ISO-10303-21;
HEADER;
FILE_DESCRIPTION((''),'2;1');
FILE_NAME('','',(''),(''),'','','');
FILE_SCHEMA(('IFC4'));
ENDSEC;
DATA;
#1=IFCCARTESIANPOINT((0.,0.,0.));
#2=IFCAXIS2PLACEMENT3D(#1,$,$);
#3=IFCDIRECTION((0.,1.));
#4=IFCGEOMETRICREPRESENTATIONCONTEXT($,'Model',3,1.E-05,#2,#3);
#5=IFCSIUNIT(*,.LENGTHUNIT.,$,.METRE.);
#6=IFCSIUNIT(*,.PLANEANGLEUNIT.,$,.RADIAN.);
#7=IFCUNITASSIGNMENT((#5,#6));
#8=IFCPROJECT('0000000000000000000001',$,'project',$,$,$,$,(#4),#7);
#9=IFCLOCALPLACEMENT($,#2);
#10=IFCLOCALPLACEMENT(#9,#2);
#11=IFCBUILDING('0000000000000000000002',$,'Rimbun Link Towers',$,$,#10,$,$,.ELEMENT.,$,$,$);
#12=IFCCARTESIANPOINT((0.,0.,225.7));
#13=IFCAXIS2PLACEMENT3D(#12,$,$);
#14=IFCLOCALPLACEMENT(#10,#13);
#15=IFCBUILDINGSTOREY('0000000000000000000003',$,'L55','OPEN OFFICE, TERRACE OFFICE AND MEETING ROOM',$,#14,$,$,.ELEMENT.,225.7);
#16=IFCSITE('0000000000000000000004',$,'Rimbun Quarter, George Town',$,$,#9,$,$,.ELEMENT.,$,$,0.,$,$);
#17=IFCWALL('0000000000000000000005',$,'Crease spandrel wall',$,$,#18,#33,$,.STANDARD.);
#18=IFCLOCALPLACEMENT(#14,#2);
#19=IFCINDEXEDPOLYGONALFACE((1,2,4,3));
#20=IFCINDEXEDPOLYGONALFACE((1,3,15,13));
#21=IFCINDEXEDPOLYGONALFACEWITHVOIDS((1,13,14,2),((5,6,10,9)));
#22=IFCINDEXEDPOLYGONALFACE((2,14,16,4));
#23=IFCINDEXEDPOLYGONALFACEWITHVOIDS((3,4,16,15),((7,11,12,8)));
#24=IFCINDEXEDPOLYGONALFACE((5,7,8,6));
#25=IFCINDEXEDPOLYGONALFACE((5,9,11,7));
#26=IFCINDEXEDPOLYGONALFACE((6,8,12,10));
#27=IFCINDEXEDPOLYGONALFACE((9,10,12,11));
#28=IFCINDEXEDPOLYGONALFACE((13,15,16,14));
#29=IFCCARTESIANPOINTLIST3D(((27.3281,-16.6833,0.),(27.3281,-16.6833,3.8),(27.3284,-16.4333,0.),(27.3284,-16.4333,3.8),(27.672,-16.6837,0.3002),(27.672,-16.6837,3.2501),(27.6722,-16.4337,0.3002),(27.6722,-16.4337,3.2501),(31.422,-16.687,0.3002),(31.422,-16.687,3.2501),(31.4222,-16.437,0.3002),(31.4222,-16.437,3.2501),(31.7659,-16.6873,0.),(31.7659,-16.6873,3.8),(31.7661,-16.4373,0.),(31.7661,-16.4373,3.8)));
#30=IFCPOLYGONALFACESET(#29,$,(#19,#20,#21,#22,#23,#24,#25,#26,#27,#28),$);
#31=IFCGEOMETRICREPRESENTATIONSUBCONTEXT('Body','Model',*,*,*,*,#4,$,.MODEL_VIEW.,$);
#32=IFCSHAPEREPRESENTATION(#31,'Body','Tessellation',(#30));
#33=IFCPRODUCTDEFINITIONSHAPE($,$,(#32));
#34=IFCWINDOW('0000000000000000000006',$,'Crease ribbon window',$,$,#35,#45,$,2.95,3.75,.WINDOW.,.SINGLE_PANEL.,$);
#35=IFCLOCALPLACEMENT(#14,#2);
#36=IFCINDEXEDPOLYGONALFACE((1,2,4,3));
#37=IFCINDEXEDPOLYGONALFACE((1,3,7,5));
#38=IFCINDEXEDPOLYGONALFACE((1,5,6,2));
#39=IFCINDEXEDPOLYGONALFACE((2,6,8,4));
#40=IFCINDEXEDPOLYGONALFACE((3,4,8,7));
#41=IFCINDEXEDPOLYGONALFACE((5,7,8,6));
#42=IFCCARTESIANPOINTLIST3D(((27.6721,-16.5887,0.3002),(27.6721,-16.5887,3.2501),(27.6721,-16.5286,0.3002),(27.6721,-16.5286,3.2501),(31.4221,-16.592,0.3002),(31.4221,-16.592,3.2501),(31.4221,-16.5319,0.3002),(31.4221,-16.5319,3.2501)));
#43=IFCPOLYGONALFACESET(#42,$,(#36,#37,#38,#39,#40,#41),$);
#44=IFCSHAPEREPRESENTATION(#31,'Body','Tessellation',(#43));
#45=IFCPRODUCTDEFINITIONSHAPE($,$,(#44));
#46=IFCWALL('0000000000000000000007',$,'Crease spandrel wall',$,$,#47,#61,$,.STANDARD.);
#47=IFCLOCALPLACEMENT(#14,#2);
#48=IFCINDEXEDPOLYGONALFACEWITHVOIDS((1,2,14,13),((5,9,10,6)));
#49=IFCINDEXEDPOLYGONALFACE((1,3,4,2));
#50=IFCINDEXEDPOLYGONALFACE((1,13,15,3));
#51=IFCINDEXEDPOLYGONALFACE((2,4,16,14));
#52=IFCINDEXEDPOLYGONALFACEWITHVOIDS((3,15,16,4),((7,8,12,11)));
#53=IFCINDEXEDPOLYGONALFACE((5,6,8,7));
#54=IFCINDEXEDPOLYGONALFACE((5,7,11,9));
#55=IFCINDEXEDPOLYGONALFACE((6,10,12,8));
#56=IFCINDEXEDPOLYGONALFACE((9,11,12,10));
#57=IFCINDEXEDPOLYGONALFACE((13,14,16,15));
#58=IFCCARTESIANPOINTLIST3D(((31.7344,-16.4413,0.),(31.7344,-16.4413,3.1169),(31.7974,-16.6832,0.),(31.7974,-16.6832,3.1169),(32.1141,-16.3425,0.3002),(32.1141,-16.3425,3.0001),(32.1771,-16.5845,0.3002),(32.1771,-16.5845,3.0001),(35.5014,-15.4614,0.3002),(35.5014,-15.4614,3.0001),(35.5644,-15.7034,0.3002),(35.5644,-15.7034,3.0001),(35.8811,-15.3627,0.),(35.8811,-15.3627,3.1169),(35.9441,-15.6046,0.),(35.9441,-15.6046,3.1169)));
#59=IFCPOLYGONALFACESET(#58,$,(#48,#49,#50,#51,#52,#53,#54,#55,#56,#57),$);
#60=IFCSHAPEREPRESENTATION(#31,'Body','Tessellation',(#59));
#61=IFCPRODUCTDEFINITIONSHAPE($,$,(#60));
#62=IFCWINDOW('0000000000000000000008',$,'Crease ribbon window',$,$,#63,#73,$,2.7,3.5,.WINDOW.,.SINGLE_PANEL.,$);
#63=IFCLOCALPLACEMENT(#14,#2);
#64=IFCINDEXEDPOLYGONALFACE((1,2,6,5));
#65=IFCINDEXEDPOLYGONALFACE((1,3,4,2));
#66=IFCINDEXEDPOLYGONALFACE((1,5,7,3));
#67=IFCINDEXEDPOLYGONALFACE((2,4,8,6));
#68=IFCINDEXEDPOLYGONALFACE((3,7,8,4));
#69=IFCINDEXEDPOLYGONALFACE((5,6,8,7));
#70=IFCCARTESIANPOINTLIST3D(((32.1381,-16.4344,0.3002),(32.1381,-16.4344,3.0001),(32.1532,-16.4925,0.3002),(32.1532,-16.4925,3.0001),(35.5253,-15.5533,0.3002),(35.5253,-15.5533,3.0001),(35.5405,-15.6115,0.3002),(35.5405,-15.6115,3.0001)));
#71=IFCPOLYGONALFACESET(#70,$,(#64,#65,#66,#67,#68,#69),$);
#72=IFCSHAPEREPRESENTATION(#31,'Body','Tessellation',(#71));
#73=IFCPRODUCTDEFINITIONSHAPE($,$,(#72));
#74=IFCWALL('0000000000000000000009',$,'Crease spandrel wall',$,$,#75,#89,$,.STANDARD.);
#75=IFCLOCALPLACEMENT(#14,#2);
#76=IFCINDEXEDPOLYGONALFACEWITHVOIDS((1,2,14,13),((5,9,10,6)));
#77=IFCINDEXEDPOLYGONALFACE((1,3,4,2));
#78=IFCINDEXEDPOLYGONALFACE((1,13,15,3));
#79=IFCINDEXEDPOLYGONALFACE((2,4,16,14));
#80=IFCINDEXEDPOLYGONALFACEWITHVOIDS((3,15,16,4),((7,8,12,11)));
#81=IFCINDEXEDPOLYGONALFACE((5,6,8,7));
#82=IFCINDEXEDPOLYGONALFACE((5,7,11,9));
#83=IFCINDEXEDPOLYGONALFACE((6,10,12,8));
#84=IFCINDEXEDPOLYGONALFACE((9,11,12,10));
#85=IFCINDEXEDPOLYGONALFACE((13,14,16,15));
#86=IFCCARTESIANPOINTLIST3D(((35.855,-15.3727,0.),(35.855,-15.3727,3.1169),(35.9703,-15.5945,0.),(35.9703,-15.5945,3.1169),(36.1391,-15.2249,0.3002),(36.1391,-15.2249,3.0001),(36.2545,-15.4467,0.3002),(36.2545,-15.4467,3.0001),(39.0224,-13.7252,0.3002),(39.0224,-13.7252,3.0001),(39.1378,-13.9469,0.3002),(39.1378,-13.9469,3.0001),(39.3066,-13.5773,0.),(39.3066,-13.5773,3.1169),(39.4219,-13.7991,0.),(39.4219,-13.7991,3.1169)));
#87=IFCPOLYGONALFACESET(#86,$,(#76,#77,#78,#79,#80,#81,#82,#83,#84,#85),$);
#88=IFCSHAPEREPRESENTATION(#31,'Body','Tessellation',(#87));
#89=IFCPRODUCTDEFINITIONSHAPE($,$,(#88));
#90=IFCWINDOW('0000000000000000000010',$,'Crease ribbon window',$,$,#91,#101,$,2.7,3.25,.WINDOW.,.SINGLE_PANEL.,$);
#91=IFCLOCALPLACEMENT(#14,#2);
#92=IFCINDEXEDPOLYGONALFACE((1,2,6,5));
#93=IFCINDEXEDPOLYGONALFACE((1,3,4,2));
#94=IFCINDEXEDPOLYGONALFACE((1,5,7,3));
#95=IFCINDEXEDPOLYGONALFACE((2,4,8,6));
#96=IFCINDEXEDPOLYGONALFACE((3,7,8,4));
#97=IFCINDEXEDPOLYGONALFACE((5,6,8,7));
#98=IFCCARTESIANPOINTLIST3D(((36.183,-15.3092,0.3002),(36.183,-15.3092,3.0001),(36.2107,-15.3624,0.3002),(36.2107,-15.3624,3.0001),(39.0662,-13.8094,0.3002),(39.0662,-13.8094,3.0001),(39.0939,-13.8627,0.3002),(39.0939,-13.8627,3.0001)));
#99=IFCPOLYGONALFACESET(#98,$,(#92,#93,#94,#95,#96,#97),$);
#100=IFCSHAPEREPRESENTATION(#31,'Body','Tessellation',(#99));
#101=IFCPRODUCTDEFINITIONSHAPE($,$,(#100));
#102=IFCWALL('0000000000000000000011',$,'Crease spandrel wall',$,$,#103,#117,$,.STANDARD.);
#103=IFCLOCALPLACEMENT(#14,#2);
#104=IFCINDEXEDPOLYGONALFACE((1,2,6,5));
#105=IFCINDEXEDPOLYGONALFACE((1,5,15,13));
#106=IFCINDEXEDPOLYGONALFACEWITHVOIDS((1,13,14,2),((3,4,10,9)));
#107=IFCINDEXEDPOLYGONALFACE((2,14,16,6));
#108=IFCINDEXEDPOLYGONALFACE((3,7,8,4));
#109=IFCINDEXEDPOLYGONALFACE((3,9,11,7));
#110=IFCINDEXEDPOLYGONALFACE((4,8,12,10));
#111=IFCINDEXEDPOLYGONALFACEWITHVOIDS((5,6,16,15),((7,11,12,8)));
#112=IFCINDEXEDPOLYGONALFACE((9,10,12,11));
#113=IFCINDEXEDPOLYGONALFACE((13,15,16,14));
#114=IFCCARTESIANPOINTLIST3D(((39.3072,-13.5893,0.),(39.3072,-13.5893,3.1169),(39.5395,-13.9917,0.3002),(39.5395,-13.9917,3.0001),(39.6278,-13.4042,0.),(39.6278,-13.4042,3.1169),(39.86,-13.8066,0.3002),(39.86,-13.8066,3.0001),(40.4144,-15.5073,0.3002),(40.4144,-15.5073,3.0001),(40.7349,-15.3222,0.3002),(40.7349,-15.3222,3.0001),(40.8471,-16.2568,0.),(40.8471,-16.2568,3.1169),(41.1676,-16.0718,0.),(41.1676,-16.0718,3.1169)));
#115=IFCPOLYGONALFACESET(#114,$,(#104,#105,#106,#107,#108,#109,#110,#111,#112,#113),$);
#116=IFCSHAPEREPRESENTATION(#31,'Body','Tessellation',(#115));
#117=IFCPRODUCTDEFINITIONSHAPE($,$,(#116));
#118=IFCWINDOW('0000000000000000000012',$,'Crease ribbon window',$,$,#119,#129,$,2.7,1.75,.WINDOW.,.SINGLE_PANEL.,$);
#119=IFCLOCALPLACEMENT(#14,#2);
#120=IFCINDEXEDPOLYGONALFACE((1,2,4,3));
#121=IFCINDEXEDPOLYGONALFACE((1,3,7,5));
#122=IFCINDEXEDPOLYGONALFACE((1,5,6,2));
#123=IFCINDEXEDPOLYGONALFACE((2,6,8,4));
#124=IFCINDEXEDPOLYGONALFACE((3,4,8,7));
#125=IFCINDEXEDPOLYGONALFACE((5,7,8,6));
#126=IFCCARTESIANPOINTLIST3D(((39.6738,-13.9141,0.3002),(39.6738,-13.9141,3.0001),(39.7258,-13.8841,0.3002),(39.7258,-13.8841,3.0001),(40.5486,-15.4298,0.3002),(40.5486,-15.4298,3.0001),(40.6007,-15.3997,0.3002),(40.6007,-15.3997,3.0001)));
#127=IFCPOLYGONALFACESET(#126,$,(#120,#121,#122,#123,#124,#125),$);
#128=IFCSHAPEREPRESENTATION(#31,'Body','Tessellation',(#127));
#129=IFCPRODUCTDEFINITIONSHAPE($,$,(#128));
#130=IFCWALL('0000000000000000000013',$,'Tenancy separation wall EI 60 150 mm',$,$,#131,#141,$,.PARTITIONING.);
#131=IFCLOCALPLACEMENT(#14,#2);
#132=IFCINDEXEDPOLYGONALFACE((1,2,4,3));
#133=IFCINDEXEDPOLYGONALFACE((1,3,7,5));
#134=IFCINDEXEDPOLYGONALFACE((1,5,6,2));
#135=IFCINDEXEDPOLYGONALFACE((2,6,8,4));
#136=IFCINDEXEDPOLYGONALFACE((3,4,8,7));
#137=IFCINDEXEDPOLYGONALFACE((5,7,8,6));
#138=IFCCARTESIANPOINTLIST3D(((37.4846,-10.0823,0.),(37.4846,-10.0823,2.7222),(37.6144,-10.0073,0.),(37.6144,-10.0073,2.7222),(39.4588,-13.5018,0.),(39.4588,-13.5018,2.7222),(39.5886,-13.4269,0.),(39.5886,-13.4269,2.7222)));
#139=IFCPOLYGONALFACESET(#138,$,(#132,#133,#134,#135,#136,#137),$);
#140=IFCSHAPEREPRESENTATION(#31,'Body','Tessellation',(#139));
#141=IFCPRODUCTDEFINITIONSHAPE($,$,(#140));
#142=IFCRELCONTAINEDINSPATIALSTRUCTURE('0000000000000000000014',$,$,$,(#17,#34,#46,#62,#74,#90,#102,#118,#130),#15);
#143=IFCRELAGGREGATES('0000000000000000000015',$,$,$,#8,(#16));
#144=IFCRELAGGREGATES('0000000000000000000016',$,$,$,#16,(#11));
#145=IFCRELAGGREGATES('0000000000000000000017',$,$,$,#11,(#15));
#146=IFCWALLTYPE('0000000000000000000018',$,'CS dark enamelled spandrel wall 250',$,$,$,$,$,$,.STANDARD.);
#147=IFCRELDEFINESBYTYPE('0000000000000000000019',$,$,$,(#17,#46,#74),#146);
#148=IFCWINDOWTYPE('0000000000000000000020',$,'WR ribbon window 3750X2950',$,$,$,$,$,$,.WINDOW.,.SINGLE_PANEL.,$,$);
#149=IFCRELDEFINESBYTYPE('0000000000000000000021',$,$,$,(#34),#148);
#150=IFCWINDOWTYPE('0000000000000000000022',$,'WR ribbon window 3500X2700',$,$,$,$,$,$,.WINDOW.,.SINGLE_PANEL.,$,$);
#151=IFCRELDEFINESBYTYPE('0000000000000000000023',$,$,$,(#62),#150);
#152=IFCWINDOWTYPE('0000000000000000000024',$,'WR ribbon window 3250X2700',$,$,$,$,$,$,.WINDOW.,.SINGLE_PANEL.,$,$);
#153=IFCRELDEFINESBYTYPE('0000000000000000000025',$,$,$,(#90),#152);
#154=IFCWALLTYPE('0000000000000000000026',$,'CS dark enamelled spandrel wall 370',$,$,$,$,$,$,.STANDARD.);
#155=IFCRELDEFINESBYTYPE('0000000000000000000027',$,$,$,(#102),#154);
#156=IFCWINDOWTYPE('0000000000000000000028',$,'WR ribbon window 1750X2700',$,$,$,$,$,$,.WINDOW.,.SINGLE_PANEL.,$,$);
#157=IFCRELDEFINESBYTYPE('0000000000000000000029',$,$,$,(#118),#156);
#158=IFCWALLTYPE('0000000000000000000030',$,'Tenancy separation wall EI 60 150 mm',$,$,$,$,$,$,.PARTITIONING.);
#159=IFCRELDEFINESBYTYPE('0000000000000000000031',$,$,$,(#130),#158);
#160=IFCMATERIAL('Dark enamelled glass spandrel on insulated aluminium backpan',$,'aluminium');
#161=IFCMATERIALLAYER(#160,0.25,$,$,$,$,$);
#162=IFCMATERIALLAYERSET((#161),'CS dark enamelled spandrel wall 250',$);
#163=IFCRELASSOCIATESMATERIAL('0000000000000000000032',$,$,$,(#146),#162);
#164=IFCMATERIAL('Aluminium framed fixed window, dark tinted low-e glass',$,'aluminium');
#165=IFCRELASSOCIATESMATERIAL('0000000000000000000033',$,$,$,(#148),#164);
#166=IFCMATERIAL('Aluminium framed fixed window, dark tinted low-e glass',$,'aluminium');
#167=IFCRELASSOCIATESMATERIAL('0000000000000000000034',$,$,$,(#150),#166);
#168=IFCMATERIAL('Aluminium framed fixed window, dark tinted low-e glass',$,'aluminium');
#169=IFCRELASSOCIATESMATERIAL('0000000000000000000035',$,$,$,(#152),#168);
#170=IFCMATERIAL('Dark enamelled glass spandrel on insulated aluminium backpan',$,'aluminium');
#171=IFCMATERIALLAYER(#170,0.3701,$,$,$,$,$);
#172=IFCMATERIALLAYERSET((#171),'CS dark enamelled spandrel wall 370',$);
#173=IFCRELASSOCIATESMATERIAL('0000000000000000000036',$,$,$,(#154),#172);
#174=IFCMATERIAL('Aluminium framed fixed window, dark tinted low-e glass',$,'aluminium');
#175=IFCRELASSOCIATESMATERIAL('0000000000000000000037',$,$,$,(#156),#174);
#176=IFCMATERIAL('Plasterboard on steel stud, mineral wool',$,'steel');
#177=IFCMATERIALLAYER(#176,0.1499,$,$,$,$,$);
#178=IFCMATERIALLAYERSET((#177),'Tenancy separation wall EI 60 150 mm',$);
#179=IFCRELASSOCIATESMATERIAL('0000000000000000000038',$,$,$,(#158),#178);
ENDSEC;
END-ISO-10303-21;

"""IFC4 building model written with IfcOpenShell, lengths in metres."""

from ifc_helpers import new_model, si_unit, direction, frame, frame_2d, origin, place, context, subcontext, project, spatial, rectangle, extrude, material, layer, layer_set, type_object, element, fill, save


model = new_model("IFC4")

# Units and contexts
model_context = context("Model", 3, precision=1e-05, world=origin(), true_north=direction((0.0, 1.0)))
body_context = subcontext(model_context, "Body", "Model", "MODEL_VIEW")
ifc_project = project(units=[si_unit("LENGTHUNIT", "METRE"), si_unit("PLANEANGLEUNIT", "RADIAN")], contexts=[model_context])

# Site, building, storey
site_placement = place(None, origin())
site = spatial("IfcSite", under=ifc_project, at=site_placement, Name="Rimbun Quarter, George Town", CompositionType="ELEMENT", RefElevation=0.0)
building_placement = place(site_placement, origin())
building = spatial("IfcBuilding", under=site, at=building_placement, Name="Rimbun Link Towers", CompositionType="ELEMENT")
storey_placement = place(building_placement, frame((0.0, 0.0, 225.7)))
storey = spatial("IfcBuildingStorey", under=building, at=storey_placement, Name="L55", Description="OPEN OFFICE, TERRACE OFFICE AND MEETING ROOM", CompositionType="ELEMENT", Elevation=225.7)

# Walls, openings, windows
ifc_material_1 = material(Name="Dark enamelled glass spandrel on insulated aluminium backpan", Category="aluminium")
ifc_layer_1 = layer(ifc_material_1, 0.25)
ifc_layer_set_1 = layer_set([ifc_layer_1], Name="CS dark enamelled spandrel wall 250")
wall_type_1 = type_object("IfcWallType", Name="CS dark enamelled spandrel wall 250", PredefinedType="STANDARD", material=ifc_layer_set_1)
wall_1_placement = place(storey_placement, frame((31.7659, -16.5623, 0.0), z_axis=(0.0, 0.0, 1.0), x_axis=(-1.0, 0.00088, 0.0)))
wall_1 = element("IfcWall", 1, at=wall_1_placement, inside=storey, type_object=wall_type_1, Name="Crease spandrel wall", PredefinedType="STANDARD", context=body_context, shape_type="SweptSolid", body=[
    extrude(rectangle(XDim=4.4377, YDim=0.25, at=frame_2d((2.2188, 0.0))), origin(), (0.0, 0.0, 1.0), 3.8),
])
opening_1_placement = place(wall_1_placement, frame((0.3438, 0.0, 0.3)))
opening_1 = element("IfcOpeningElement", 2, at=opening_1_placement, cuts=wall_1, PredefinedType="OPENING", context=body_context, shape_type="SweptSolid", body=[
    extrude(rectangle(XDim=3.75, YDim=2.95, at=frame_2d((1.875, 1.4751))), frame((0.0, 0.135, 0.0), z_axis=(0.0, -1.0, 0.0), x_axis=(1.0, 0.0, 0.0)), (0.0, 0.0, 1.0), 0.27),
])
ifc_material_2 = material(Name="Aluminium framed fixed window, dark tinted low-e glass", Category="aluminium")
window_type_1 = type_object("IfcWindowType", Name="WR ribbon window 3750X2950", PartitioningType="SINGLE_PANEL", PredefinedType="WINDOW", material=ifc_material_2)
window_1_placement = place(opening_1_placement, origin())
window_1 = element("IfcWindow", 3, at=window_1_placement, inside=storey, type_object=window_type_1, Name="Crease ribbon window", OverallHeight=2.95, OverallWidth=3.75, PartitioningType="SINGLE_PANEL", PredefinedType="WINDOW", context=body_context, shape_type="SweptSolid", body=[
    extrude(rectangle(XDim=3.75, YDim=2.95, at=frame_2d((1.875, 1.4751))), frame((0.0, 0.03, 0.0), z_axis=(0.0, -1.0, 0.0), x_axis=(1.0, 0.0, 0.0)), (0.0, 0.0, 1.0), 0.0601),
])
fill(opening_1, window_1)
wall_2_placement = place(storey_placement, frame((35.9126, -15.4836, 0.0), z_axis=(0.0, 0.0, 1.0), x_axis=(-0.967796, -0.251735, 0.0)))
wall_2 = element("IfcWall", 4, at=wall_2_placement, inside=storey, type_object=wall_type_1, Name="Crease spandrel wall", PredefinedType="STANDARD", context=body_context, shape_type="SweptSolid", body=[
    extrude(rectangle(XDim=4.2847, YDim=0.25, at=frame_2d((2.1423, 0.0))), origin(), (0.0, 0.0, 1.0), 3.1169),
])
opening_2_placement = place(wall_2_placement, frame((0.3923, 0.0, 0.3)))
opening_2 = element("IfcOpeningElement", 5, at=opening_2_placement, cuts=wall_2, PredefinedType="OPENING", context=body_context, shape_type="SweptSolid", body=[
    extrude(rectangle(XDim=3.5, YDim=2.7, at=frame_2d((1.75, 1.3501))), frame((0.0, 0.135, 0.0), z_axis=(0.0, -1.0, 0.0), x_axis=(1.0, 0.0, 0.0)), (0.0, 0.0, 1.0), 0.27),
])
ifc_material_3 = material(Name="Aluminium framed fixed window, dark tinted low-e glass", Category="aluminium")
window_type_2 = type_object("IfcWindowType", Name="WR ribbon window 3500X2700", PartitioningType="SINGLE_PANEL", PredefinedType="WINDOW", material=ifc_material_3)
window_2_placement = place(opening_2_placement, origin())
window_2 = element("IfcWindow", 6, at=window_2_placement, inside=storey, type_object=window_type_2, Name="Crease ribbon window", OverallHeight=2.7, OverallWidth=3.5, PartitioningType="SINGLE_PANEL", PredefinedType="WINDOW", context=body_context, shape_type="SweptSolid", body=[
    extrude(rectangle(XDim=3.5, YDim=2.7, at=frame_2d((1.75, 1.3501))), frame((0.0, 0.03, 0.0), z_axis=(0.0, -1.0, 0.0), x_axis=(1.0, 0.0, 0.0)), (0.0, 0.0, 1.0), 0.0601),
])
fill(opening_2, window_2)
wall_3_placement = place(storey_placement, frame((39.3643, -13.6882, 0.0), z_axis=(0.0, 0.0, 1.0), x_axis=(-0.887159, -0.461463, 0.0)))
wall_3 = element("IfcWall", 7, at=wall_3_placement, inside=storey, type_object=wall_type_1, Name="Crease spandrel wall", PredefinedType="STANDARD", context=body_context, shape_type="SweptSolid", body=[
    extrude(rectangle(XDim=3.8906, YDim=0.25, at=frame_2d((1.9453, 0.0))), origin(), (0.0, 0.0, 1.0), 3.1169),
])
opening_3_placement = place(wall_3_placement, frame((0.3203, 0.0, 0.3)))
opening_3 = element("IfcOpeningElement", 8, at=opening_3_placement, cuts=wall_3, PredefinedType="OPENING", context=body_context, shape_type="SweptSolid", body=[
    extrude(rectangle(XDim=3.25, YDim=2.7, at=frame_2d((1.625, 1.3501))), frame((0.0, 0.135, 0.0), z_axis=(0.0, -1.0, 0.0), x_axis=(1.0, 0.0, 0.0)), (0.0, 0.0, 1.0), 0.27),
])
ifc_material_4 = material(Name="Aluminium framed fixed window, dark tinted low-e glass", Category="aluminium")
window_type_3 = type_object("IfcWindowType", Name="WR ribbon window 3250X2700", PartitioningType="SINGLE_PANEL", PredefinedType="WINDOW", material=ifc_material_4)
window_3_placement = place(opening_3_placement, origin())
window_3 = element("IfcWindow", 9, at=window_3_placement, inside=storey, type_object=window_type_3, Name="Crease ribbon window", OverallHeight=2.7, OverallWidth=3.25, PartitioningType="SINGLE_PANEL", PredefinedType="WINDOW", context=body_context, shape_type="SweptSolid", body=[
    extrude(rectangle(XDim=3.25, YDim=2.7, at=frame_2d((1.625, 1.3501))), frame((0.0, 0.03, 0.0), z_axis=(0.0, -1.0, 0.0), x_axis=(1.0, 0.0, 0.0)), (0.0, 0.0, 1.0), 0.0601),
])
fill(opening_3, window_3)
ifc_material_5 = material(Name="Dark enamelled glass spandrel on insulated aluminium backpan", Category="aluminium")
ifc_layer_2 = layer(ifc_material_5, 0.3701)
ifc_layer_set_2 = layer_set([ifc_layer_2], Name="CS dark enamelled spandrel wall 370")
wall_type_2 = type_object("IfcWallType", Name="CS dark enamelled spandrel wall 370", PredefinedType="STANDARD", material=ifc_layer_set_2)
wall_4_placement = place(storey_placement, frame((41.0073, -16.1643, 0.0), z_axis=(0.0, 0.0, 1.0), x_axis=(-0.499933, 0.866064, 0.0)))
wall_4 = element("IfcWall", 10, at=wall_4_placement, inside=storey, type_object=wall_type_2, Name="Crease spandrel wall", PredefinedType="STANDARD", context=body_context, shape_type="SweptSolid", body=[
    extrude(rectangle(XDim=3.0801, YDim=0.3701, at=frame_2d((1.54, 0.0))), origin(), (0.0, 0.0, 1.0), 3.1169),
])
opening_4_placement = place(wall_4_placement, frame((0.8655, 0.0, 0.3)))
opening_4 = element("IfcOpeningElement", 11, at=opening_4_placement, cuts=wall_4, PredefinedType="OPENING", context=body_context, shape_type="SweptSolid", body=[
    extrude(rectangle(XDim=1.75, YDim=2.7, at=frame_2d((0.875, 1.3501))), frame((0.0, 0.1951, 0.0), z_axis=(0.0, -1.0, 0.0), x_axis=(1.0, 0.0, 0.0)), (0.0, 0.0, 1.0), 0.3901),
])
ifc_material_6 = material(Name="Aluminium framed fixed window, dark tinted low-e glass", Category="aluminium")
window_type_4 = type_object("IfcWindowType", Name="WR ribbon window 1750X2700", PartitioningType="SINGLE_PANEL", PredefinedType="WINDOW", material=ifc_material_6)
window_4_placement = place(opening_4_placement, origin())
window_4 = element("IfcWindow", 12, at=window_4_placement, inside=storey, type_object=window_type_4, Name="Crease ribbon window", OverallHeight=2.7, OverallWidth=1.75, PartitioningType="SINGLE_PANEL", PredefinedType="WINDOW", context=body_context, shape_type="SweptSolid", body=[
    extrude(rectangle(XDim=1.75, YDim=2.7, at=frame_2d((0.875, 1.3501))), frame((0.0, 0.03, 0.0), z_axis=(0.0, -1.0, 0.0), x_axis=(1.0, 0.0, 0.0)), (0.0, 0.0, 1.0), 0.0601),
])
fill(opening_4, window_4)

# Wall
ifc_material_7 = material(Name="Plasterboard on steel stud, mineral wool", Category="steel")
ifc_layer_3 = layer(ifc_material_7, 0.1499)
ifc_layer_set_3 = layer_set([ifc_layer_3], Name="Tenancy separation wall EI 60 150 mm")
wall_type_3 = type_object("IfcWallType", Name="Tenancy separation wall EI 60 150 mm", PredefinedType="PARTITIONING", material=ifc_layer_set_3)
wall_5_placement = place(storey_placement, frame((37.5496, -10.0449, 0.0), z_axis=(0.0, 0.0, 1.0), x_axis=(0.499983, -0.866035, 0.0)))
element("IfcWall", 13, at=wall_5_placement, inside=storey, type_object=wall_type_3, Name="Tenancy separation wall EI 60 150 mm", PredefinedType="PARTITIONING", context=body_context, shape_type="SweptSolid", body=[
    extrude(rectangle(XDim=3.9485, YDim=0.1499, at=frame_2d((1.9741, 0.0))), origin(), (0.0, 0.0, 1.0), 2.7222),
])

save(model, "model.ifc")
